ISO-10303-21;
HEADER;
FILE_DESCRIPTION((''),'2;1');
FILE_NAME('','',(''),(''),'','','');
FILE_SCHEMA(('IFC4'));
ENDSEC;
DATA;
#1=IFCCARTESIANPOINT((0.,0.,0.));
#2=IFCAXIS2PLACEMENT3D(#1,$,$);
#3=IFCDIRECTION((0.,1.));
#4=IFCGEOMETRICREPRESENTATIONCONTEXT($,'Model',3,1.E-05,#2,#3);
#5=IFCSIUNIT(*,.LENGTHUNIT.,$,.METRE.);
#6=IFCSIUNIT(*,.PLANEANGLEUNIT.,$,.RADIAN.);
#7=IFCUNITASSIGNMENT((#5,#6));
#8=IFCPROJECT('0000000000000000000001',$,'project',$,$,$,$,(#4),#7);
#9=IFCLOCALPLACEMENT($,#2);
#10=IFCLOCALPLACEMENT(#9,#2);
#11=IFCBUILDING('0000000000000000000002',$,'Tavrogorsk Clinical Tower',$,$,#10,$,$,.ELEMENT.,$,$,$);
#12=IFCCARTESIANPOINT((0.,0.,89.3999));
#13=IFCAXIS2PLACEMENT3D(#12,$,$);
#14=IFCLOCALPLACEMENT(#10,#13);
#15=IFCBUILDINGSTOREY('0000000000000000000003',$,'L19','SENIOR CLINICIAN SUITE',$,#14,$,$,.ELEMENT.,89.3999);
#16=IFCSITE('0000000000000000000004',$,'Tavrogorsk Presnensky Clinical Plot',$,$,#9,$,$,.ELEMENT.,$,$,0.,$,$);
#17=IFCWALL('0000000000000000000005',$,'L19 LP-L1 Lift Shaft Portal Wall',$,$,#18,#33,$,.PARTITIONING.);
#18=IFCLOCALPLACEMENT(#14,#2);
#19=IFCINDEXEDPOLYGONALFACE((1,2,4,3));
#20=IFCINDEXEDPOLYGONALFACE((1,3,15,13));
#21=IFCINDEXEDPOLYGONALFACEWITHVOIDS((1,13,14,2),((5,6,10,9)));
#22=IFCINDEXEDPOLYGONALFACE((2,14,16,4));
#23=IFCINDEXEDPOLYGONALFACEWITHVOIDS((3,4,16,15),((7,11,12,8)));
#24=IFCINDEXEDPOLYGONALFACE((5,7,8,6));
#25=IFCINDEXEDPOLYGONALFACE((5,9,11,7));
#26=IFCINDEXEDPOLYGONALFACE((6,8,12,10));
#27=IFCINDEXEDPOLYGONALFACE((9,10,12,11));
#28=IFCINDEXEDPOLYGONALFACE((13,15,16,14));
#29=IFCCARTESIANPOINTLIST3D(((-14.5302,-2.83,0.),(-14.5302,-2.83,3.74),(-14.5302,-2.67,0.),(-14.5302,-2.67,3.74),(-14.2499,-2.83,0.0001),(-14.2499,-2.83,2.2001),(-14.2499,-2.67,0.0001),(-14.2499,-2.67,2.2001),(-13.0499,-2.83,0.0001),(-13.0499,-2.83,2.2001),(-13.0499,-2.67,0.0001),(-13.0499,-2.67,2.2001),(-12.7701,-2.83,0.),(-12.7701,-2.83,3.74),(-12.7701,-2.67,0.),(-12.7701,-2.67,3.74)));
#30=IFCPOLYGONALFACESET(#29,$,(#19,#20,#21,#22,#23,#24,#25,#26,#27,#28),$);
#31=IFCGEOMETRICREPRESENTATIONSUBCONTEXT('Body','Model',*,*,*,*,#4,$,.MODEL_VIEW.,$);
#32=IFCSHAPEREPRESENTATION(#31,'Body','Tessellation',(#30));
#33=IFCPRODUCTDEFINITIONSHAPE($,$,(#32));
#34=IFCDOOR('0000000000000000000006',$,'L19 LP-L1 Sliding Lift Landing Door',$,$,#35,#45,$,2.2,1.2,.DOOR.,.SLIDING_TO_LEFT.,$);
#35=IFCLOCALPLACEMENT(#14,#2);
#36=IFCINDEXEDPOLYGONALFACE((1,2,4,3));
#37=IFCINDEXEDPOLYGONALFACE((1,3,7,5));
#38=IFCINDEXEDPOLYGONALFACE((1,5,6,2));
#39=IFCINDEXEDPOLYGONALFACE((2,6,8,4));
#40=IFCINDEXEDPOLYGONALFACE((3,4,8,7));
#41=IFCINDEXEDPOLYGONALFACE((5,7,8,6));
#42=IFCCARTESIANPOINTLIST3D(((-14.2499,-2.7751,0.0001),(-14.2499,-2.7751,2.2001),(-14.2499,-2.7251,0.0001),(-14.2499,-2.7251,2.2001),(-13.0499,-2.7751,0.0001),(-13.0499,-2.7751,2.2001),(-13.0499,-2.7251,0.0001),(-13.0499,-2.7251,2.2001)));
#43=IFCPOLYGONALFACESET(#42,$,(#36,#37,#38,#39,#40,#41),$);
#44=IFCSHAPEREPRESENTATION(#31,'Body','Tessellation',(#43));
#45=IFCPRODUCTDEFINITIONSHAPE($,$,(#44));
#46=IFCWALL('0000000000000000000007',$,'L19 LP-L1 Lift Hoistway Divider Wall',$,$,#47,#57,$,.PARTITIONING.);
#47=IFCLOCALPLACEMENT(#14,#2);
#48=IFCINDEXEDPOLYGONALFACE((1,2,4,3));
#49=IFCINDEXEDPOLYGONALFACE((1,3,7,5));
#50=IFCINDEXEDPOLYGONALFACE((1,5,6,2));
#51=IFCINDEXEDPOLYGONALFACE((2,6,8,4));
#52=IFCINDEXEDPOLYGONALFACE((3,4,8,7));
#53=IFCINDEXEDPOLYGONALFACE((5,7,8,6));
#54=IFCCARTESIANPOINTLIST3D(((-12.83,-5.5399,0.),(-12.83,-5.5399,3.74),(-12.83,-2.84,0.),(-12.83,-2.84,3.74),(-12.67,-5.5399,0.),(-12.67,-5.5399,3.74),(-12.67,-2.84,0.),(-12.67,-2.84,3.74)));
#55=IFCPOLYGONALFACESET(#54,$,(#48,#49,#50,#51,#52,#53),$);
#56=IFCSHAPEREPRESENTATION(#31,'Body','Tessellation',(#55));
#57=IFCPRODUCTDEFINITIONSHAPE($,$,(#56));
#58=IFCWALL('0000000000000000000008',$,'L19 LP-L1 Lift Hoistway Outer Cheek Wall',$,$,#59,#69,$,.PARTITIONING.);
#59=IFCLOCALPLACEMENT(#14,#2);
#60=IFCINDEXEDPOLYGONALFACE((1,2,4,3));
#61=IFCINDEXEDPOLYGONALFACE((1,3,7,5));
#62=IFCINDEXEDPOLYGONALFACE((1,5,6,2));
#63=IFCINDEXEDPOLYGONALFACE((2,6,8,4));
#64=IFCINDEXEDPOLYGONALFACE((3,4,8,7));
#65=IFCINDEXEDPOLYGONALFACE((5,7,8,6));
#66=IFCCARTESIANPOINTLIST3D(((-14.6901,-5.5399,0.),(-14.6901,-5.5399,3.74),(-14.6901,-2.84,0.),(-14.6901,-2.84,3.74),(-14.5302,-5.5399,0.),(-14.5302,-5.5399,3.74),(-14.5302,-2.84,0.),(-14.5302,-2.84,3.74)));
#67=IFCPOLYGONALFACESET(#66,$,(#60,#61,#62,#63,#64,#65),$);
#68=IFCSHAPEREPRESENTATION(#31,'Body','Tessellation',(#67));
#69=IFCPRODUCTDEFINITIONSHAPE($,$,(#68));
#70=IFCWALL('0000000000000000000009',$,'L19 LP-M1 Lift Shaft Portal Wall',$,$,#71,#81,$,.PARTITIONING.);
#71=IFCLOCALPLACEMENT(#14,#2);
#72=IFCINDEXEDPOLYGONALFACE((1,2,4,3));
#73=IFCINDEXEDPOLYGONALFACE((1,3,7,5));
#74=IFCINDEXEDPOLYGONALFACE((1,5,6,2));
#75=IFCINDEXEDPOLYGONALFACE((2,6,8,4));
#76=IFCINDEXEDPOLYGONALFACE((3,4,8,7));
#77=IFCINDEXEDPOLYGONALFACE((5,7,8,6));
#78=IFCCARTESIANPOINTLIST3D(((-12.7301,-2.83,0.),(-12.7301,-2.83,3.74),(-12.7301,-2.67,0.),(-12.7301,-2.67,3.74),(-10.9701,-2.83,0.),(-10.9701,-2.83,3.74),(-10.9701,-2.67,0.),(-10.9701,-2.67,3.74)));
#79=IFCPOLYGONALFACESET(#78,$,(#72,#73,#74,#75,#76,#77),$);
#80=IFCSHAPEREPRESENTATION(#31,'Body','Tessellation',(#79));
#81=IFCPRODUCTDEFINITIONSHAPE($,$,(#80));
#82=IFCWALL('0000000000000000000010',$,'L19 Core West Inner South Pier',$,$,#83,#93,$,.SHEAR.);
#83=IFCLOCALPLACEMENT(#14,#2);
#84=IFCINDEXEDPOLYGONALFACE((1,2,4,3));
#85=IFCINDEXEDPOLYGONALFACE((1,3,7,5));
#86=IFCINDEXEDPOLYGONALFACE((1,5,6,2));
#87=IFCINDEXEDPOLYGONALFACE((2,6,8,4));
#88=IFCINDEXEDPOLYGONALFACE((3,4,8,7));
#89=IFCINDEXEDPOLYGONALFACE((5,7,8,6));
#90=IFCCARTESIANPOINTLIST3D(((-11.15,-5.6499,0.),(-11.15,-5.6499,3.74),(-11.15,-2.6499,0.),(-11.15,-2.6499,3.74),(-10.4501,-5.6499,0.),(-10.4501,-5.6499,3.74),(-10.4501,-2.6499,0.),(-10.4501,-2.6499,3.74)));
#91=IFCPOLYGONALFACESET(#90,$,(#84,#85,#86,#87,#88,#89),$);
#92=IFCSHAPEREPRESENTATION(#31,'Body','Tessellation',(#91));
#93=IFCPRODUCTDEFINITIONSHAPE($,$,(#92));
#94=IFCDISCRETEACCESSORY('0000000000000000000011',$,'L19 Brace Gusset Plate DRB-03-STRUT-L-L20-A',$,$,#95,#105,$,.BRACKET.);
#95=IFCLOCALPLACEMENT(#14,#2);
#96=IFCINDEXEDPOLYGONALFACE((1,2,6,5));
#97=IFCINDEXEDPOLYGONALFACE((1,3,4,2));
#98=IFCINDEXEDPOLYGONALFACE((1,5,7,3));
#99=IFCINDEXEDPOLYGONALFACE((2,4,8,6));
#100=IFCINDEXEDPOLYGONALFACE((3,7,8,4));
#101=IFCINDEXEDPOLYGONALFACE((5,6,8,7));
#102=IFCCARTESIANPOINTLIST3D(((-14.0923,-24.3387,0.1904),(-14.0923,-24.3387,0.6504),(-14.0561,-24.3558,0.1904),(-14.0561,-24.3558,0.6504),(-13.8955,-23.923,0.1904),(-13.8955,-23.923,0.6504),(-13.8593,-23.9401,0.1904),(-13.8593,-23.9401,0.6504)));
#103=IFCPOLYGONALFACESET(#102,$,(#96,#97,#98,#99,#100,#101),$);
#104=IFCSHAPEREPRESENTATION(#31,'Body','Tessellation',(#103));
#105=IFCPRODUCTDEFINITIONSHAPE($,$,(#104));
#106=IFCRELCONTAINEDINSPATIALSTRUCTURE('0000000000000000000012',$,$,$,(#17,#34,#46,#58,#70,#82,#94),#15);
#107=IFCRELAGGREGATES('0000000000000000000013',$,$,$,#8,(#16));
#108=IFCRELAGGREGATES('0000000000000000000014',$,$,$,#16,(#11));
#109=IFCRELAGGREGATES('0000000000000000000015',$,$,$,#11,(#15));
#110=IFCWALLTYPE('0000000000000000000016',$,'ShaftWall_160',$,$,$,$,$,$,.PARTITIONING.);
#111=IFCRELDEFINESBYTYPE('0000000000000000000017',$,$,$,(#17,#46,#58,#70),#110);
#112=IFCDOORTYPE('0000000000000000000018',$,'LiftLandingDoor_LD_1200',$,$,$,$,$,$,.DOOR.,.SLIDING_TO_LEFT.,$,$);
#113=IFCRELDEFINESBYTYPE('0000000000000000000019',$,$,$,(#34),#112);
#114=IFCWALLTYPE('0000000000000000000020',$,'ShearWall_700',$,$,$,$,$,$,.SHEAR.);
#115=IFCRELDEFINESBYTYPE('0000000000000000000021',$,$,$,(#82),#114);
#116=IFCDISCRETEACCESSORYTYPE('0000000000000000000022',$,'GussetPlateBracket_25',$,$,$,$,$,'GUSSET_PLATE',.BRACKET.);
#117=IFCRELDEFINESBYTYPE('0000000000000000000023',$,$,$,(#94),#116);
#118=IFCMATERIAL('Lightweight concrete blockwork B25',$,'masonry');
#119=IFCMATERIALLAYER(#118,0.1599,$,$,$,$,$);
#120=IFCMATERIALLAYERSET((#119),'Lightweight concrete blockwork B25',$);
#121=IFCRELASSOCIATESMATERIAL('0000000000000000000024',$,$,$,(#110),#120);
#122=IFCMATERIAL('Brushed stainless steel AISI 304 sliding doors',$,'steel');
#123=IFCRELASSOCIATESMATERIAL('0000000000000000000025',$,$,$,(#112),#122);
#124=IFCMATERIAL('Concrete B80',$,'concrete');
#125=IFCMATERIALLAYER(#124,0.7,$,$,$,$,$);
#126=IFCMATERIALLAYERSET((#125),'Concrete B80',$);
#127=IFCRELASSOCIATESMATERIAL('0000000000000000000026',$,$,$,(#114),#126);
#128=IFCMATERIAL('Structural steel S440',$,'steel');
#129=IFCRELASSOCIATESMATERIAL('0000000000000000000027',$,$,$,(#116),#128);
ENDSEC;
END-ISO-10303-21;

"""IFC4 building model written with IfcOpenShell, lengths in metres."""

from ifc_helpers import new_model, si_unit, direction, frame, frame_2d, origin, origin_2d, place, context, subcontext, project, spatial, rectangle, extrude, material, layer, layer_set, type_object, element, fill, save


model = new_model("IFC4")

# Units and contexts
model_context = context("Model", 3, precision=1e-05, world=origin(), true_north=direction((0.0, 1.0)))
body_context = subcontext(model_context, "Body", "Model", "MODEL_VIEW")
ifc_project = project(units=[si_unit("LENGTHUNIT", "METRE"), si_unit("PLANEANGLEUNIT", "RADIAN")], contexts=[model_context])

# Site, building, storey
site_placement = place(None, origin())
site = spatial("IfcSite", under=ifc_project, at=site_placement, Name="Tavrogorsk Presnensky Clinical Plot", CompositionType="ELEMENT", RefElevation=0.0)
building_placement = place(site_placement, origin())
building = spatial("IfcBuilding", under=site, at=building_placement, Name="Tavrogorsk Clinical Tower", CompositionType="ELEMENT")
storey_placement = place(building_placement, frame((0.0, 0.0, 89.3999)))
storey = spatial("IfcBuildingStorey", under=building, at=storey_placement, Name="L19", Description="SENIOR CLINICIAN SUITE", CompositionType="ELEMENT", Elevation=89.3999)

# Wall, opening, door
ifc_material_1 = material(Name="Lightweight concrete blockwork B25", Category="masonry")
ifc_layer_1 = layer(ifc_material_1, 0.1599)
ifc_layer_set_1 = layer_set([ifc_layer_1], Name="Lightweight concrete blockwork B25")
wall_type_1 = type_object("IfcWallType", Name="ShaftWall_160", PredefinedType="PARTITIONING", material=ifc_layer_set_1)
wall_1_placement = place(storey_placement, frame((-14.53, -2.75, 0.0), z_axis=(0.0, 0.0, 1.0), x_axis=(1.0, 0.0, 0.0)))
wall_1 = element("IfcWall", 1, at=wall_1_placement, inside=storey, type_object=wall_type_1, Name="L19 LP-L1 Lift Shaft Portal Wall", PredefinedType="PARTITIONING", context=body_context, shape_type="SweptSolid", body=[
    extrude(rectangle(XDim=1.76, YDim=0.1599, at=frame_2d((0.8799, 0.0))), origin(), (0.0, 0.0, 1.0), 3.74),
])
opening_1_placement = place(wall_1_placement, frame((0.28, 0.0, 0.0)))
opening_1 = element("IfcOpeningElement", 2, at=opening_1_placement, cuts=wall_1, PredefinedType="OPENING", context=body_context, shape_type="SweptSolid", body=[
    extrude(rectangle(XDim=1.2, YDim=2.2, at=frame_2d((0.6001, 1.1001))), frame((0.0, 0.0898, 0.0), z_axis=(0.0, -1.0, 0.0), x_axis=(1.0, 0.0, 0.0)), (0.0, 0.0, 1.0), 0.1799),
])
ifc_material_2 = material(Name="Brushed stainless steel AISI 304 sliding doors", Category="steel")
door_type_1 = type_object("IfcDoorType", Name="LiftLandingDoor_LD_1200", OperationType="SLIDING_TO_LEFT", PredefinedType="DOOR", material=ifc_material_2)
door_1_placement = place(opening_1_placement, origin())
door_1 = element("IfcDoor", 3, at=door_1_placement, inside=storey, type_object=door_type_1, Name="L19 LP-L1 Sliding Lift Landing Door", OperationType="SLIDING_TO_LEFT", OverallHeight=2.2, OverallWidth=1.2, PredefinedType="DOOR", context=body_context, shape_type="SweptSolid", body=[
    extrude(rectangle(XDim=1.2, YDim=2.2, at=frame_2d((0.6001, 1.1001))), frame((0.0, 0.0249, 0.0), z_axis=(0.0, -1.0, 0.0), x_axis=(1.0, 0.0, 0.0)), (0.0, 0.0, 1.0), 0.05),
])
fill(opening_1, door_1)

# Walls
for number, where, z_axis, x_axis, name in (
    (4, (-12.75, -5.54, 0.0), (0.0, 0.0, 1.0), (0.0, 1.0, 0.0), "L19 LP-L1 Lift Hoistway Divider Wall"),
    (5, (-14.6101, -5.54, 0.0), (0.0, 0.0, 1.0), (0.0, 1.0, 0.0), "L19 LP-L1 Lift Hoistway Outer Cheek Wall"),
):
    element("IfcWall", number, at=place(storey_placement, frame(where, z_axis=z_axis, x_axis=x_axis)), inside=storey, type_object=wall_type_1, Name=name, PredefinedType="PARTITIONING", context=body_context, shape_type="SweptSolid", body=[
        extrude(rectangle(XDim=2.7, YDim=0.1599, at=frame_2d((1.3501, 0.0))), origin(), (0.0, 0.0, 1.0), 3.74),
    ])
wall_2_placement = place(storey_placement, frame((-12.73, -2.75, 0.0), z_axis=(0.0, 0.0, 1.0), x_axis=(1.0, 0.0, 0.0)))
element("IfcWall", 6, at=wall_2_placement, inside=storey, type_object=wall_type_1, Name="L19 LP-M1 Lift Shaft Portal Wall", PredefinedType="PARTITIONING", context=body_context, shape_type="SweptSolid", body=[
    extrude(rectangle(XDim=1.76, YDim=0.1599, at=frame_2d((0.8799, 0.0))), origin(), (0.0, 0.0, 1.0), 3.74),
])
ifc_material_3 = material(Name="Concrete B80", Category="concrete")
ifc_layer_2 = layer(ifc_material_3, 0.7)
ifc_layer_set_2 = layer_set([ifc_layer_2], Name="Concrete B80")
wall_type_2 = type_object("IfcWallType", Name="ShearWall_700", PredefinedType="SHEAR", material=ifc_layer_set_2)
wall_3_placement = place(storey_placement, frame((-10.8, -5.6499, 0.0), z_axis=(0.0, 0.0, 1.0), x_axis=(0.0, 1.0, 0.0)))
element("IfcWall", 7, at=wall_3_placement, inside=storey, type_object=wall_type_2, Name="L19 Core West Inner South Pier", PredefinedType="SHEAR", context=body_context, shape_type="SweptSolid", body=[
    extrude(rectangle(XDim=3.0, YDim=0.7, at=frame_2d((1.5, 0.0))), origin(), (0.0, 0.0, 1.0), 3.74),
])

# Discrete accessory
ifc_material_4 = material(Name="Structural steel S440", Category="steel")
discrete_accessory_type = type_object("IfcDiscreteAccessoryType", Name="GussetPlateBracket_25", ElementType="GUSSET_PLATE", PredefinedType="BRACKET", material=ifc_material_4)
discrete_accessory_placement = place(storey_placement, frame((-13.9758, -24.1394, 0.1904), z_axis=(0.0, 0.0, 1.0), x_axis=(-0.427831, -0.903859, 0.0)))
element("IfcDiscreteAccessory", 8, at=discrete_accessory_placement, inside=storey, type_object=discrete_accessory_type, Name="L19 Brace Gusset Plate DRB-03-STRUT-L-L20-A", PredefinedType="BRACKET", context=body_context, shape_type="SweptSolid", body=[
    extrude(rectangle(XDim=0.46, YDim=0.04, at=origin_2d()), origin(), (0.0, 0.0, 1.0), 0.46),
])

save(model, "model.ifc")
